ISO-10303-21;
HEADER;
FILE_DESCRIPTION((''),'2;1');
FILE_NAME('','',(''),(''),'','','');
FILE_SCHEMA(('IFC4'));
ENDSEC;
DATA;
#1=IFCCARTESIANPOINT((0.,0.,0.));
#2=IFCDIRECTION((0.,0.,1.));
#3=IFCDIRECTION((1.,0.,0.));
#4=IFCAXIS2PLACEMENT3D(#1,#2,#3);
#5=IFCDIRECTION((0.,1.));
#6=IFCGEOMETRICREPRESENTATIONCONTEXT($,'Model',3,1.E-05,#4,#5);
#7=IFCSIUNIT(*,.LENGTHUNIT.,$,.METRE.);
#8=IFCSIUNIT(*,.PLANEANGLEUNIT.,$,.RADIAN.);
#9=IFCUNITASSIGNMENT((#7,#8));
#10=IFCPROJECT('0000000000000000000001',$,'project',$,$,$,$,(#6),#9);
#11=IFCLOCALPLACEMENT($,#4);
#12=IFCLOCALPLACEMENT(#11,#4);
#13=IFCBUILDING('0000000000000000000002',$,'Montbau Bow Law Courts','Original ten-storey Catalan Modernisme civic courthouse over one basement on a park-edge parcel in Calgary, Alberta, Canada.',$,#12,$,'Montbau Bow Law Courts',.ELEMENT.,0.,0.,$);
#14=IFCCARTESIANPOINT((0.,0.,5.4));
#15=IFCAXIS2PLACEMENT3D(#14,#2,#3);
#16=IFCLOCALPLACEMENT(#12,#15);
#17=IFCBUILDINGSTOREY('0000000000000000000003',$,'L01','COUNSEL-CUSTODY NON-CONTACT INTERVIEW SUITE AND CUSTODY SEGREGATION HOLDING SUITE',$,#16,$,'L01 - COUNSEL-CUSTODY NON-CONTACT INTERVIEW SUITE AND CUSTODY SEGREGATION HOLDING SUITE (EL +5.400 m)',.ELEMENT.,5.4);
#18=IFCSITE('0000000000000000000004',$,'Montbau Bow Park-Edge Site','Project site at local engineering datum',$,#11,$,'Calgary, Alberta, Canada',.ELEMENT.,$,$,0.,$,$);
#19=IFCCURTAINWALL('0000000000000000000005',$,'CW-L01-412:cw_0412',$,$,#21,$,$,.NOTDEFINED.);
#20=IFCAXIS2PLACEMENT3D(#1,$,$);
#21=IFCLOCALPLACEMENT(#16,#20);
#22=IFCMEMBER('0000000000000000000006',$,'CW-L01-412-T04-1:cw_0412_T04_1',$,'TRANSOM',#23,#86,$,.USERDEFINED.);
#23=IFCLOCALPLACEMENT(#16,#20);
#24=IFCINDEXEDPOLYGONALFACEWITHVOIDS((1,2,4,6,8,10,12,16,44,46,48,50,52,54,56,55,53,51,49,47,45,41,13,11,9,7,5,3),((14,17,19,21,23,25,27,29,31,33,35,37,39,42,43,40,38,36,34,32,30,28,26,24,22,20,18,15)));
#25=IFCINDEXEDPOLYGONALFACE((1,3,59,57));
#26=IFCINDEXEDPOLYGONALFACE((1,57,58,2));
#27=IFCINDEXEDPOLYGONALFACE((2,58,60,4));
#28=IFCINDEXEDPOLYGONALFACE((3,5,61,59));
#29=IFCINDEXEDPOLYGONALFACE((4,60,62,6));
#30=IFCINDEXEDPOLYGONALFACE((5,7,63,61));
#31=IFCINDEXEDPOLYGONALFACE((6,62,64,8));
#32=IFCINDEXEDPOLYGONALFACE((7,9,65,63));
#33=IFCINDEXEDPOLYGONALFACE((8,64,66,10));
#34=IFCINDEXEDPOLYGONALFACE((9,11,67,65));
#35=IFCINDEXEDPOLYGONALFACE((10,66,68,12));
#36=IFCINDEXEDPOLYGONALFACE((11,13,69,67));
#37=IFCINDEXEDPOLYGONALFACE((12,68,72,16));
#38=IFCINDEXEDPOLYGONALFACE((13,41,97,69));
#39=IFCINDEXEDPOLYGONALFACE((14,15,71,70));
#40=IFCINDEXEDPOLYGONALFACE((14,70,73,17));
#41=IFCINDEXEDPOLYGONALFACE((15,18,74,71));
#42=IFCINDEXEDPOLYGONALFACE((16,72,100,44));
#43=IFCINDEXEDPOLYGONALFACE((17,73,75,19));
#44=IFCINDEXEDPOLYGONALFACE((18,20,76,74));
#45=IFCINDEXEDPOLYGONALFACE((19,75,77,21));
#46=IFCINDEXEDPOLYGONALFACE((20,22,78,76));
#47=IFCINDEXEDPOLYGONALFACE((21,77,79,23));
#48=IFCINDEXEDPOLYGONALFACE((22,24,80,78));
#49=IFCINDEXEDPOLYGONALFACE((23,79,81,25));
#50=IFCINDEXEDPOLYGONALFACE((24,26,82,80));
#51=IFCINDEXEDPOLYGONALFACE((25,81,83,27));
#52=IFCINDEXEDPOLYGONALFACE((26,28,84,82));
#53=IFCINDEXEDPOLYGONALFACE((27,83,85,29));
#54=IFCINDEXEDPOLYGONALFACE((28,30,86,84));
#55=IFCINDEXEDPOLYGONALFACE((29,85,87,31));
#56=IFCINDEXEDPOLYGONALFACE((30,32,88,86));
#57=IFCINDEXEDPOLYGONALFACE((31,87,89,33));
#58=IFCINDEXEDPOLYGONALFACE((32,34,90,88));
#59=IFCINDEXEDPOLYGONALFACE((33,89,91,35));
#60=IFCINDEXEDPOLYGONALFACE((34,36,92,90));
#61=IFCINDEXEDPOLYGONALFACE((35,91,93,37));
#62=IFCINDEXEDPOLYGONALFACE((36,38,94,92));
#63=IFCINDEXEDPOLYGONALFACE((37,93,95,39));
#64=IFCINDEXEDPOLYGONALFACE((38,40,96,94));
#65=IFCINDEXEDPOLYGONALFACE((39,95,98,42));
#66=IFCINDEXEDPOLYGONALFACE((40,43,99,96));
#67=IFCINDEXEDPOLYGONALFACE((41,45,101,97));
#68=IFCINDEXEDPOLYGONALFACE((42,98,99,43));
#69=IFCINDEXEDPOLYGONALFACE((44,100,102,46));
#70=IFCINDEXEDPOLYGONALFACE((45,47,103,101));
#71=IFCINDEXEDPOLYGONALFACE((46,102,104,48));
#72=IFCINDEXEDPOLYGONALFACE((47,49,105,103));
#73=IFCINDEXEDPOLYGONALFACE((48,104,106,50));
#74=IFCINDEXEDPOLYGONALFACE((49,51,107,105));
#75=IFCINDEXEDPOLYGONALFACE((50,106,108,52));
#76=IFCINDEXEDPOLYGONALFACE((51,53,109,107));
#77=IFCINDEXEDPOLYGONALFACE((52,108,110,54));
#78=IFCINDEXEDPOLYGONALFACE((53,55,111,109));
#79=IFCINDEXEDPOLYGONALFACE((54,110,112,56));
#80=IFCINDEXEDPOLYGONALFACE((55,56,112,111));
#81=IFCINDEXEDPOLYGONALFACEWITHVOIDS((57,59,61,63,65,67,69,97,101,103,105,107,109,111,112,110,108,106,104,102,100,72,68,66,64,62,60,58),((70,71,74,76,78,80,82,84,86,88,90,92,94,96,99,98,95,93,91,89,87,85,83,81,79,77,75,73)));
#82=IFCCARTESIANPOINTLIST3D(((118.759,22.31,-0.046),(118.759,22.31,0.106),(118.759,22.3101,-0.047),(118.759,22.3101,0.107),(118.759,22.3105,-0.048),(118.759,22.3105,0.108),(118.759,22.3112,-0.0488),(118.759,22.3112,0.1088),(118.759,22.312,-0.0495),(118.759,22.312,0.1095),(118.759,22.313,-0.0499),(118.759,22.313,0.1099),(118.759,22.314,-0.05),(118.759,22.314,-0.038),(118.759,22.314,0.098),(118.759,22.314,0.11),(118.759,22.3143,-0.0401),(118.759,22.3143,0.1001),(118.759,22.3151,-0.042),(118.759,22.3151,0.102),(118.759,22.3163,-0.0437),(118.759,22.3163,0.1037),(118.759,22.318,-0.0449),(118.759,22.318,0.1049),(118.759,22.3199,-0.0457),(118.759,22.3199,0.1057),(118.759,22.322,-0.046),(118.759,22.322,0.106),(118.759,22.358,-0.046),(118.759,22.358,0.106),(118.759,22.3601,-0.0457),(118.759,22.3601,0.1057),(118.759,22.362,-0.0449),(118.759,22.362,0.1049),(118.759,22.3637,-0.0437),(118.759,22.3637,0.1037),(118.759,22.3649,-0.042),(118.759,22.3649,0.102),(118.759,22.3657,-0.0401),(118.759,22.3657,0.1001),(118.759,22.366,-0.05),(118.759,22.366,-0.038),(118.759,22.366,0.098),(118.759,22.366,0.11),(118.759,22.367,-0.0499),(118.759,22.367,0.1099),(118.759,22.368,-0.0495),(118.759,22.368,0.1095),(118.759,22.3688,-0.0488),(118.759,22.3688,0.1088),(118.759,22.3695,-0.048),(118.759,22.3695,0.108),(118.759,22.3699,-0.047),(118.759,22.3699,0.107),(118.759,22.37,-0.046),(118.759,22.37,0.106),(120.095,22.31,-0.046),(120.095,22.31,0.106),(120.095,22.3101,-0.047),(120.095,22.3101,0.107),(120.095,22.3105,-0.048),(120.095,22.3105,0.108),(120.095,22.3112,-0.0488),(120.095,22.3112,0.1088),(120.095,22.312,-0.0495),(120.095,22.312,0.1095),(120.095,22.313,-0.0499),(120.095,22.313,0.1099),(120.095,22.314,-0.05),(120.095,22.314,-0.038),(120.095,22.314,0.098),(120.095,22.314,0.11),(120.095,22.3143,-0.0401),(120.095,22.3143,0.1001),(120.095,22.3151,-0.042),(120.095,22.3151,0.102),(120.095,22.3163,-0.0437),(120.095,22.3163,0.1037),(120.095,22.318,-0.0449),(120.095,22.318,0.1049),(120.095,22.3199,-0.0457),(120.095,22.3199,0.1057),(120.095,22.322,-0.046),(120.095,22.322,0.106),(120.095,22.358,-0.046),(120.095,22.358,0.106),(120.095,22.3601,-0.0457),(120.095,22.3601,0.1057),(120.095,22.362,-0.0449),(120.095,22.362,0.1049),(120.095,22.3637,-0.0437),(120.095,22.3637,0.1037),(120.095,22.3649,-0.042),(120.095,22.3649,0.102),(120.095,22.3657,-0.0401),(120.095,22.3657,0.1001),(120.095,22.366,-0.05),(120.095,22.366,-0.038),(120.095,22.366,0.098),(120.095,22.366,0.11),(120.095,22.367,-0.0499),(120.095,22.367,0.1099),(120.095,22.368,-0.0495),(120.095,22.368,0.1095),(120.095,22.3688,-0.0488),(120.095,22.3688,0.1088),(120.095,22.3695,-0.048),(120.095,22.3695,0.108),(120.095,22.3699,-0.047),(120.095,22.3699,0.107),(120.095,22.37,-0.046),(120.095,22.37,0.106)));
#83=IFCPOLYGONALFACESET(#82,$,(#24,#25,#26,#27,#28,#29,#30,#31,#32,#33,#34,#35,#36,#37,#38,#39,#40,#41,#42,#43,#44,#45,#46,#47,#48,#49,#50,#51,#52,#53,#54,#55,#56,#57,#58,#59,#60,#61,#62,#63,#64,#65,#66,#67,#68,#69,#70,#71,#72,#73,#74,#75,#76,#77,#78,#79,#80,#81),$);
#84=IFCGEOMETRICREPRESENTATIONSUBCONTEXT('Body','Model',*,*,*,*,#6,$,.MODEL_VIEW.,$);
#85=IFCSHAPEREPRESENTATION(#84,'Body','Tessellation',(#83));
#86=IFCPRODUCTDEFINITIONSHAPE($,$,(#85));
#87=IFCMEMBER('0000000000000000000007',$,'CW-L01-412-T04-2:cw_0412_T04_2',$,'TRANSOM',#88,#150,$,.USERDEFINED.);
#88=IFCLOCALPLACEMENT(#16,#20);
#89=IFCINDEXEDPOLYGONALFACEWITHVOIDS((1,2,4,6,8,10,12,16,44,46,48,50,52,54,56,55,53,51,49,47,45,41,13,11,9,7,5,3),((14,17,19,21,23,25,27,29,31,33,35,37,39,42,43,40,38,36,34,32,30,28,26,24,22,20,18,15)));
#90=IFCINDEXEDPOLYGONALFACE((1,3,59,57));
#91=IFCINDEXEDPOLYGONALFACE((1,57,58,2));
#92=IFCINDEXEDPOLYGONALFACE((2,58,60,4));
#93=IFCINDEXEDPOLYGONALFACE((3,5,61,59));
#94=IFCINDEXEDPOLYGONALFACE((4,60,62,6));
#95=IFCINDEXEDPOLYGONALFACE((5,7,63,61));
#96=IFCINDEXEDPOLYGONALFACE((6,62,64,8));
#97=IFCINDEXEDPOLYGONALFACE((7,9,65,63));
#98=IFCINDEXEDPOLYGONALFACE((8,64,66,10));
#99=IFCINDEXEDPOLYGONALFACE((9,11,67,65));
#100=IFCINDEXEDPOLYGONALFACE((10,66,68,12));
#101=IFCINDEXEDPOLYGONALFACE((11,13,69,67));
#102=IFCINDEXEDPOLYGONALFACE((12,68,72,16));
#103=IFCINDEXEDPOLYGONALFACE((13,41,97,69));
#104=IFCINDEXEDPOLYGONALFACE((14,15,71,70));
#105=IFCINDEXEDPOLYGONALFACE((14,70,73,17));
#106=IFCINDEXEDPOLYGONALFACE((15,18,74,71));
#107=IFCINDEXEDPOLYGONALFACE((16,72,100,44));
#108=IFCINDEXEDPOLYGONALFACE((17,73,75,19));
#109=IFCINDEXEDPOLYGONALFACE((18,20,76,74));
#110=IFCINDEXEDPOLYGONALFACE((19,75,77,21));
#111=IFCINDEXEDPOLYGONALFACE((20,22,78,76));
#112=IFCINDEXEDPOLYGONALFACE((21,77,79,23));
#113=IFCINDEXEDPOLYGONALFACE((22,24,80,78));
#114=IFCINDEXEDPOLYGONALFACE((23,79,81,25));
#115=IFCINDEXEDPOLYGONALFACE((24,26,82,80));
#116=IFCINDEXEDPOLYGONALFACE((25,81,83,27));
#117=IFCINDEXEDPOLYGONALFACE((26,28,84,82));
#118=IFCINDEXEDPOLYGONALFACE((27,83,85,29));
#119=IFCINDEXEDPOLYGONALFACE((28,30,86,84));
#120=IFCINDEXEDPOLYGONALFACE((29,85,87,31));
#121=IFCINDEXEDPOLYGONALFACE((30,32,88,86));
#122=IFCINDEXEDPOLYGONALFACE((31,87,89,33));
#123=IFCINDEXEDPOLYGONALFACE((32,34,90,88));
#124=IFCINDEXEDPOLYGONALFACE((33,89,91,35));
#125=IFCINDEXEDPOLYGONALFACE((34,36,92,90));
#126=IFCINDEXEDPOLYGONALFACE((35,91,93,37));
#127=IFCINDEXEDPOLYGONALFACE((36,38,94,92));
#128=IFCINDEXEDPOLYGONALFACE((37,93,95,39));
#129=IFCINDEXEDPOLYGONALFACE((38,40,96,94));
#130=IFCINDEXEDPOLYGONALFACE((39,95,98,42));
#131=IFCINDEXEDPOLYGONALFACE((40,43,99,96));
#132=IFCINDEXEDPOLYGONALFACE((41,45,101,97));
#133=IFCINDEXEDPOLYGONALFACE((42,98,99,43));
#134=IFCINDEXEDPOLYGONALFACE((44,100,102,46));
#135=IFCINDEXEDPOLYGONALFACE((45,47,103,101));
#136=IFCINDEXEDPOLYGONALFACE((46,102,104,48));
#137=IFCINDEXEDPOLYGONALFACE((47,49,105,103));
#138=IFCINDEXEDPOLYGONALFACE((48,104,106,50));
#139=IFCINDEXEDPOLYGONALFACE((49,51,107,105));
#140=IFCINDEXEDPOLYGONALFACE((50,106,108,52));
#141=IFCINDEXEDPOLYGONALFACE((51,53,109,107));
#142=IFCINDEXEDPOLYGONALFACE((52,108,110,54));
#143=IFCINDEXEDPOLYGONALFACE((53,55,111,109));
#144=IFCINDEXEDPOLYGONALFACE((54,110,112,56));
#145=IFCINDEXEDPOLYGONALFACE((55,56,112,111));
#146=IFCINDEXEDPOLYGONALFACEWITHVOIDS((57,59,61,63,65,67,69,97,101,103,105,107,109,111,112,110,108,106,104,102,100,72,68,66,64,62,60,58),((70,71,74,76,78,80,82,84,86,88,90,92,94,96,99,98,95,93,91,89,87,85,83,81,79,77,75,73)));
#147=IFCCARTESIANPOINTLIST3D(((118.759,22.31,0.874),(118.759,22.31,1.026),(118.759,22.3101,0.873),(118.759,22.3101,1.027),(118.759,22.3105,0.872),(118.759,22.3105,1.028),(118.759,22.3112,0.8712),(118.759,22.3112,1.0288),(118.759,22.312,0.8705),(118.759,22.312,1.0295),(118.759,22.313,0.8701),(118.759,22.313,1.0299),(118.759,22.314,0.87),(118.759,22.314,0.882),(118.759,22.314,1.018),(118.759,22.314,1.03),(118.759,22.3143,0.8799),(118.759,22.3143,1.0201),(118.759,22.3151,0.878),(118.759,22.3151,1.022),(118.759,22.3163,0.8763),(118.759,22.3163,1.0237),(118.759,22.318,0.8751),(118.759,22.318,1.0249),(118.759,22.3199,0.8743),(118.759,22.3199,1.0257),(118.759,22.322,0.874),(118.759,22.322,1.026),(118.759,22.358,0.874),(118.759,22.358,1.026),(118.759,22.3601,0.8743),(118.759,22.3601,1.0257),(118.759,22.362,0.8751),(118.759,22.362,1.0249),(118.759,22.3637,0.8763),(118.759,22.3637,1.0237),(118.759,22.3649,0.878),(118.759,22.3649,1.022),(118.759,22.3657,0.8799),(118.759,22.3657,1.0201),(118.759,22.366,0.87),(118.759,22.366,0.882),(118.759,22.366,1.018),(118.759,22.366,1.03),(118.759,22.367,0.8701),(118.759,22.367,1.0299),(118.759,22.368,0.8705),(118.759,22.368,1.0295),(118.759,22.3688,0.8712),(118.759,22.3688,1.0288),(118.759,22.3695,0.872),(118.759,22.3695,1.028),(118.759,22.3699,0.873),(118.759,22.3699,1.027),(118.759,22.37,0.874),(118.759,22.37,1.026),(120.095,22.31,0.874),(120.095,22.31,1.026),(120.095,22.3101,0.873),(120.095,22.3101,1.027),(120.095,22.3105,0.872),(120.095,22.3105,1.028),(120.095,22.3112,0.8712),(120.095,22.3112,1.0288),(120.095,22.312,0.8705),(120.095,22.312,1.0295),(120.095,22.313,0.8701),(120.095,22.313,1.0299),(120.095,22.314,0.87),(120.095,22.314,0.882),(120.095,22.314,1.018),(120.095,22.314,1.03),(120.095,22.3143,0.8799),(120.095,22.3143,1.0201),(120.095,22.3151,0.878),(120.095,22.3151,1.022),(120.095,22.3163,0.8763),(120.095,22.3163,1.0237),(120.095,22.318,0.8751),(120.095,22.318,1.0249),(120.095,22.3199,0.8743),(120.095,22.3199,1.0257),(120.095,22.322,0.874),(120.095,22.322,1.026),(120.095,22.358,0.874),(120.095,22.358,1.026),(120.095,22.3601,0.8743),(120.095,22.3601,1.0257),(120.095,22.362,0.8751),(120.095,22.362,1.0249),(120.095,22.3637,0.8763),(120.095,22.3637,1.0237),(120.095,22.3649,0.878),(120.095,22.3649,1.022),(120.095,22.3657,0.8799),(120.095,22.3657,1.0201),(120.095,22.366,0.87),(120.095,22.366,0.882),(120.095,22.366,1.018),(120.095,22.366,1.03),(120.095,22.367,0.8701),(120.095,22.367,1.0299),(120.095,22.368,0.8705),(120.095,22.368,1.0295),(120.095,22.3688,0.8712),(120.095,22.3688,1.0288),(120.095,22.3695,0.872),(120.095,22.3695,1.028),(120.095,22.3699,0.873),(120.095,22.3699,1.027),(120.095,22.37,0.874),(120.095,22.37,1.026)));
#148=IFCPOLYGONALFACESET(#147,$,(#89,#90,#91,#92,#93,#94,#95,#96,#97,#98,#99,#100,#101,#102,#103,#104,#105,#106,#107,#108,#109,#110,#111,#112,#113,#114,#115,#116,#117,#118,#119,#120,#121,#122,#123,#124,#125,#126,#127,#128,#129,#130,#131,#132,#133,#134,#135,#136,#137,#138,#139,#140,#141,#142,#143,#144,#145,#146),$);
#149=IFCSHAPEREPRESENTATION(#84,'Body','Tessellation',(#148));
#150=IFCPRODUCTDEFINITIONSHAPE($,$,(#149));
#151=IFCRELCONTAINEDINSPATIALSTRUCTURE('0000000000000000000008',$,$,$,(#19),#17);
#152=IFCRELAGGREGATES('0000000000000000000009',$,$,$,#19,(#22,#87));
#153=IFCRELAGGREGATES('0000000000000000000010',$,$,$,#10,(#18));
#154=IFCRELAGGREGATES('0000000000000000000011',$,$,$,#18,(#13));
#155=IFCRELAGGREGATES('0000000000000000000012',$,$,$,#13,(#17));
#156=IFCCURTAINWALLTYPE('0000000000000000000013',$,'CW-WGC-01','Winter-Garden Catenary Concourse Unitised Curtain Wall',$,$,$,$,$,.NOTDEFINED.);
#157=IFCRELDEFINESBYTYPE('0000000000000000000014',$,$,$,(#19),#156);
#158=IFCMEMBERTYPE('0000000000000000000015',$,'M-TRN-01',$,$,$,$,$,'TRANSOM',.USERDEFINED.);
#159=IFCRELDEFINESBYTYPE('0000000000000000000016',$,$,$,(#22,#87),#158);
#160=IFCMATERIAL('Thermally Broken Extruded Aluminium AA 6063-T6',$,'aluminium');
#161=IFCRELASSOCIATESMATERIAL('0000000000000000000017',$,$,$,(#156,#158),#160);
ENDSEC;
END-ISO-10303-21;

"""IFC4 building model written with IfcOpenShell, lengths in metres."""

from ifc_helpers import new_model, si_unit, direction, frame, origin_with_axes, origin_2d_with_axis, place, context, subcontext, project, spatial, hollow_rectangle, extrude, material, material_profile, profile_set, type_object, element, aggregate, save


model = new_model("IFC4")

# Units and contexts
model_context = context("Model", 3, precision=1e-05, world=origin_with_axes(), true_north=direction((0.0, 1.0)))
body_context = subcontext(model_context, "Body", "Model", "MODEL_VIEW")
ifc_project = project(units=[si_unit("LENGTHUNIT", "METRE"), si_unit("PLANEANGLEUNIT", "RADIAN")], contexts=[model_context])

# Site, building, storey
site_placement = place(None, origin_with_axes())
site = spatial("IfcSite", under=ifc_project, at=site_placement, Name="Montbau Bow Park-Edge Site", Description="Project site at local engineering datum", LongName="Calgary, Alberta, Canada", CompositionType="ELEMENT", RefElevation=0.0)
building_placement = place(site_placement, origin_with_axes())
building = spatial("IfcBuilding", under=site, at=building_placement, Name="Montbau Bow Law Courts", Description="Original ten-storey Catalan Modernisme civic courthouse over one basement on a park-edge parcel in Calgary, Alberta, Canada.", LongName="Montbau Bow Law Courts", CompositionType="ELEMENT", ElevationOfRefHeight=0.0, ElevationOfTerrain=0.0)
storey_placement = place(building_placement, frame((0.0, 0.0, 5.4), z_axis=(0.0, 0.0, 1.0), x_axis=(1.0, 0.0, 0.0)))
storey = spatial("IfcBuildingStorey", under=building, at=storey_placement, Name="L01", Description="COUNSEL-CUSTODY NON-CONTACT INTERVIEW SUITE AND CUSTODY SEGREGATION HOLDING SUITE", LongName="L01 - COUNSEL-CUSTODY NON-CONTACT INTERVIEW SUITE AND CUSTODY SEGREGATION HOLDING SUITE (EL +5.400 m)", CompositionType="ELEMENT", Elevation=5.4)

# Shared definitions
ifc_material_1 = material(Name="Thermally Broken Extruded Aluminium AA 6063-T6", Category="aluminium")
curtain_wall_type = type_object("IfcCurtainWallType", Name="CW-WGC-01", Description="Winter-Garden Catenary Concourse Unitised Curtain Wall", PredefinedType="NOTDEFINED", material=ifc_material_1)

# Curtain wall, members
curtain_wall_1_placement = place(None, frame((114.515, 22.34, 5.4), z_axis=(0.0, 0.0, 1.0), x_axis=(1.0, 0.0, 0.0)))
curtain_wall_1 = element("IfcCurtainWall", 1, at=curtain_wall_1_placement, inside=storey, type_object=curtain_wall_type, Name="CW-L01-412:cw_0412", PredefinedType="NOTDEFINED")
ifc_material_profile_1 = material_profile(ifc_material_1, hollow_rectangle(XDim=0.06, YDim=0.16, WallThickness=0.004, InnerFilletRadius=0.008, OuterFilletRadius=0.004, at=origin_2d_with_axis()), Name="CWT-160X60", Category="Main", Priority=0)
ifc_profile_set_1 = profile_set([ifc_material_profile_1], Name="Thermally Broken Extruded Aluminium AA 6063-T6")
member_type_1 = type_object("IfcMemberType", Name="M-TRN-01", ElementType="TRANSOM", PredefinedType="USERDEFINED", material=ifc_profile_set_1)
member_1_placement = place(None, frame((118.759, 22.34, 5.43), z_axis=(1.0, 0.0, 0.0), x_axis=(0.0, 1.0, 0.0)))
member_1 = element("IfcMember", 2, at=member_1_placement, type_object=member_type_1, Name="CW-L01-412-T04-1:cw_0412_T04_1", ObjectType="TRANSOM", PredefinedType="USERDEFINED", context=body_context, shape_type="SweptSolid", body=[
    extrude(hollow_rectangle(XDim=0.06, YDim=0.16, WallThickness=0.004, InnerFilletRadius=0.008, OuterFilletRadius=0.004, at=origin_2d_with_axis()), origin_with_axes(), (0.0, 0.0, 1.0), 1.336),
])
member_2_placement = place(None, frame((118.759, 22.34, 6.35), z_axis=(1.0, 0.0, 0.0), x_axis=(0.0, 1.0, 0.0)))
member_2 = element("IfcMember", 3, at=member_2_placement, type_object=member_type_1, Name="CW-L01-412-T04-2:cw_0412_T04_2", ObjectType="TRANSOM", PredefinedType="USERDEFINED", context=body_context, shape_type="SweptSolid", body=[
    extrude(hollow_rectangle(XDim=0.06, YDim=0.16, WallThickness=0.004, InnerFilletRadius=0.008, OuterFilletRadius=0.004, at=origin_2d_with_axis()), origin_with_axes(), (0.0, 0.0, 1.0), 1.336),
])
aggregate(curtain_wall_1, [member_1, member_2])

save(model, "model.ifc")
